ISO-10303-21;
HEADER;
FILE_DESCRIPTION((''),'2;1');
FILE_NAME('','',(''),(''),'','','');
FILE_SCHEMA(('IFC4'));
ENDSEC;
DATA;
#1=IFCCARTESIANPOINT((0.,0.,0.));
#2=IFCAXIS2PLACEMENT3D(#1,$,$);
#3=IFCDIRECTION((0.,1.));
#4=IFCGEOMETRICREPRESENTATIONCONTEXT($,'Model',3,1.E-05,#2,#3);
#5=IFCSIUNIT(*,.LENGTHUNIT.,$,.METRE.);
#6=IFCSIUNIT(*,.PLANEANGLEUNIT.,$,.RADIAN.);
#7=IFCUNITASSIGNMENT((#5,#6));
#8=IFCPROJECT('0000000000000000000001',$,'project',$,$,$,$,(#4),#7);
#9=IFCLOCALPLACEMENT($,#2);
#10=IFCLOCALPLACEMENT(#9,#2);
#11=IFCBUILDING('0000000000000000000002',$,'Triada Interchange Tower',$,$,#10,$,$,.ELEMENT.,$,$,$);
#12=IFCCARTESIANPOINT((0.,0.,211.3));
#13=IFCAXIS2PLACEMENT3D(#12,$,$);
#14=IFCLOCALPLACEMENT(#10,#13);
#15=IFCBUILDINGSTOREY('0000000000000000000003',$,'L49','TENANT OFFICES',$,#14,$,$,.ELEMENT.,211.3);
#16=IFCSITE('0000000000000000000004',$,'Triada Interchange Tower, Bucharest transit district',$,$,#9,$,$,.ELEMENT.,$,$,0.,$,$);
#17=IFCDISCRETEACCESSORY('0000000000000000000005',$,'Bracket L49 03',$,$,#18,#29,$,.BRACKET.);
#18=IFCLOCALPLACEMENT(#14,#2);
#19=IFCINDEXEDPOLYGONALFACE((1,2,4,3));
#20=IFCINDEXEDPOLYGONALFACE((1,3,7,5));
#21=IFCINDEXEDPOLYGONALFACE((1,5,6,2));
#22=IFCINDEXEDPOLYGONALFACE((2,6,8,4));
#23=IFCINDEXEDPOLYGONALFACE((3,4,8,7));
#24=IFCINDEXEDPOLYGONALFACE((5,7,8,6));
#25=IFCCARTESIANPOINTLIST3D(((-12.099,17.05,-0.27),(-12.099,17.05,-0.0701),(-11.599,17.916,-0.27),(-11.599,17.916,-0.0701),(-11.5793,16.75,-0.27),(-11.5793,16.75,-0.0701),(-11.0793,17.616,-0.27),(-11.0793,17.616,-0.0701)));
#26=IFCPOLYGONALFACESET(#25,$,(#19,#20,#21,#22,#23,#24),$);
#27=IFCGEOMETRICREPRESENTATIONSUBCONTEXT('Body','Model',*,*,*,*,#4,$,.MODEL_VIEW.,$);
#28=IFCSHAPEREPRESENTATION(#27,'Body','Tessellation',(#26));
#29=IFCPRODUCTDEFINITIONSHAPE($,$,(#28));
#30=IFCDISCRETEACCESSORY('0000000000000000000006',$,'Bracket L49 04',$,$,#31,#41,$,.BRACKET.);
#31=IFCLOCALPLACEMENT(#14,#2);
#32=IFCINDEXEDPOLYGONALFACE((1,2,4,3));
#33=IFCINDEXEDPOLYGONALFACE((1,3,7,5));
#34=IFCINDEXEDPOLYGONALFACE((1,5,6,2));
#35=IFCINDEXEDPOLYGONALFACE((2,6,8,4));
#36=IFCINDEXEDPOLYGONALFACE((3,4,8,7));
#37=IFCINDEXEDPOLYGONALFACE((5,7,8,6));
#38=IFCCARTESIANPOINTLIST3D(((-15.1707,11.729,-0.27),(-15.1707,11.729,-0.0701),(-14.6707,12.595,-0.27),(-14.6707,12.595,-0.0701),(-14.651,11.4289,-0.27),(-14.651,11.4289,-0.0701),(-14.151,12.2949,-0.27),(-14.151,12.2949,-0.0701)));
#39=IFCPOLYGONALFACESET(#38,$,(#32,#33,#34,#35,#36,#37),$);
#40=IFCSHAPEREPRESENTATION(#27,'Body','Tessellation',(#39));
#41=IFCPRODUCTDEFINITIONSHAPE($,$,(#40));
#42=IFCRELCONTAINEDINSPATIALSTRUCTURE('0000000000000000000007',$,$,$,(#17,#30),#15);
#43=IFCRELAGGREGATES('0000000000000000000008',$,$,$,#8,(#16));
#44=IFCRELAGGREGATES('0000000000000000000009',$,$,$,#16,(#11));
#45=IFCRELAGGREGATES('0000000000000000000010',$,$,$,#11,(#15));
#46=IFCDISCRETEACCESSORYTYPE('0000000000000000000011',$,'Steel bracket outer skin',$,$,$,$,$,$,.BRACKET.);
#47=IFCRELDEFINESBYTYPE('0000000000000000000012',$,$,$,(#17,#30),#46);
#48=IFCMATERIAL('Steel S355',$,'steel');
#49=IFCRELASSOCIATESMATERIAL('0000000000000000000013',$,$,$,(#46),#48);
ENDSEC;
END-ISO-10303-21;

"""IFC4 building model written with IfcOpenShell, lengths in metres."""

from ifc_helpers import new_model, si_unit, direction, frame, origin, origin_2d, place, context, subcontext, project, spatial, rectangle, extrude, material, type_object, element, save


model = new_model("IFC4")

# Units and contexts
model_context = context("Model", 3, precision=1e-05, world=origin(), true_north=direction((0.0, 1.0)))
body_context = subcontext(model_context, "Body", "Model", "MODEL_VIEW")
ifc_project = project(units=[si_unit("LENGTHUNIT", "METRE"), si_unit("PLANEANGLEUNIT", "RADIAN")], contexts=[model_context])

# Site, building, storey
site_placement = place(None, origin())
site = spatial("IfcSite", under=ifc_project, at=site_placement, Name="Triada Interchange Tower, Bucharest transit district", CompositionType="ELEMENT", RefElevation=0.0)
building_placement = place(site_placement, origin())
building = spatial("IfcBuilding", under=site, at=building_placement, Name="Triada Interchange Tower", CompositionType="ELEMENT")
storey_placement = place(building_placement, frame((0.0, 0.0, 211.3)))
storey = spatial("IfcBuildingStorey", under=building, at=storey_placement, Name="L49", Description="TENANT OFFICES", CompositionType="ELEMENT", Elevation=211.3)

# Discrete accessories
ifc_material_1 = material(Name="Steel S355", Category="steel")
discrete_accessory_type = type_object("IfcDiscreteAccessoryType", Name="Steel bracket outer skin", PredefinedType="BRACKET", material=ifc_material_1)
for number, where, z_axis, x_axis, name in (
    (1, (-11.5891, 17.333, -0.27), (0.0, 0.0, 1.0), (-0.866021, 0.500007, 0.0), "Bracket L49 03"),
    (2, (-14.6609, 12.012, -0.27), (0.0, 0.0, 1.0), (-0.866021, 0.500007, 0.0), "Bracket L49 04"),
):
    element("IfcDiscreteAccessory", number, at=place(storey_placement, frame(where, z_axis=z_axis, x_axis=x_axis)), inside=storey, type_object=discrete_accessory_type, Name=name, PredefinedType="BRACKET", context=body_context, shape_type="SweptSolid", body=[
        extrude(rectangle(XDim=0.6001, YDim=1.0, at=origin_2d()), origin(), (0.0, 0.0, 1.0), 0.2),
    ])

save(model, "model.ifc")
